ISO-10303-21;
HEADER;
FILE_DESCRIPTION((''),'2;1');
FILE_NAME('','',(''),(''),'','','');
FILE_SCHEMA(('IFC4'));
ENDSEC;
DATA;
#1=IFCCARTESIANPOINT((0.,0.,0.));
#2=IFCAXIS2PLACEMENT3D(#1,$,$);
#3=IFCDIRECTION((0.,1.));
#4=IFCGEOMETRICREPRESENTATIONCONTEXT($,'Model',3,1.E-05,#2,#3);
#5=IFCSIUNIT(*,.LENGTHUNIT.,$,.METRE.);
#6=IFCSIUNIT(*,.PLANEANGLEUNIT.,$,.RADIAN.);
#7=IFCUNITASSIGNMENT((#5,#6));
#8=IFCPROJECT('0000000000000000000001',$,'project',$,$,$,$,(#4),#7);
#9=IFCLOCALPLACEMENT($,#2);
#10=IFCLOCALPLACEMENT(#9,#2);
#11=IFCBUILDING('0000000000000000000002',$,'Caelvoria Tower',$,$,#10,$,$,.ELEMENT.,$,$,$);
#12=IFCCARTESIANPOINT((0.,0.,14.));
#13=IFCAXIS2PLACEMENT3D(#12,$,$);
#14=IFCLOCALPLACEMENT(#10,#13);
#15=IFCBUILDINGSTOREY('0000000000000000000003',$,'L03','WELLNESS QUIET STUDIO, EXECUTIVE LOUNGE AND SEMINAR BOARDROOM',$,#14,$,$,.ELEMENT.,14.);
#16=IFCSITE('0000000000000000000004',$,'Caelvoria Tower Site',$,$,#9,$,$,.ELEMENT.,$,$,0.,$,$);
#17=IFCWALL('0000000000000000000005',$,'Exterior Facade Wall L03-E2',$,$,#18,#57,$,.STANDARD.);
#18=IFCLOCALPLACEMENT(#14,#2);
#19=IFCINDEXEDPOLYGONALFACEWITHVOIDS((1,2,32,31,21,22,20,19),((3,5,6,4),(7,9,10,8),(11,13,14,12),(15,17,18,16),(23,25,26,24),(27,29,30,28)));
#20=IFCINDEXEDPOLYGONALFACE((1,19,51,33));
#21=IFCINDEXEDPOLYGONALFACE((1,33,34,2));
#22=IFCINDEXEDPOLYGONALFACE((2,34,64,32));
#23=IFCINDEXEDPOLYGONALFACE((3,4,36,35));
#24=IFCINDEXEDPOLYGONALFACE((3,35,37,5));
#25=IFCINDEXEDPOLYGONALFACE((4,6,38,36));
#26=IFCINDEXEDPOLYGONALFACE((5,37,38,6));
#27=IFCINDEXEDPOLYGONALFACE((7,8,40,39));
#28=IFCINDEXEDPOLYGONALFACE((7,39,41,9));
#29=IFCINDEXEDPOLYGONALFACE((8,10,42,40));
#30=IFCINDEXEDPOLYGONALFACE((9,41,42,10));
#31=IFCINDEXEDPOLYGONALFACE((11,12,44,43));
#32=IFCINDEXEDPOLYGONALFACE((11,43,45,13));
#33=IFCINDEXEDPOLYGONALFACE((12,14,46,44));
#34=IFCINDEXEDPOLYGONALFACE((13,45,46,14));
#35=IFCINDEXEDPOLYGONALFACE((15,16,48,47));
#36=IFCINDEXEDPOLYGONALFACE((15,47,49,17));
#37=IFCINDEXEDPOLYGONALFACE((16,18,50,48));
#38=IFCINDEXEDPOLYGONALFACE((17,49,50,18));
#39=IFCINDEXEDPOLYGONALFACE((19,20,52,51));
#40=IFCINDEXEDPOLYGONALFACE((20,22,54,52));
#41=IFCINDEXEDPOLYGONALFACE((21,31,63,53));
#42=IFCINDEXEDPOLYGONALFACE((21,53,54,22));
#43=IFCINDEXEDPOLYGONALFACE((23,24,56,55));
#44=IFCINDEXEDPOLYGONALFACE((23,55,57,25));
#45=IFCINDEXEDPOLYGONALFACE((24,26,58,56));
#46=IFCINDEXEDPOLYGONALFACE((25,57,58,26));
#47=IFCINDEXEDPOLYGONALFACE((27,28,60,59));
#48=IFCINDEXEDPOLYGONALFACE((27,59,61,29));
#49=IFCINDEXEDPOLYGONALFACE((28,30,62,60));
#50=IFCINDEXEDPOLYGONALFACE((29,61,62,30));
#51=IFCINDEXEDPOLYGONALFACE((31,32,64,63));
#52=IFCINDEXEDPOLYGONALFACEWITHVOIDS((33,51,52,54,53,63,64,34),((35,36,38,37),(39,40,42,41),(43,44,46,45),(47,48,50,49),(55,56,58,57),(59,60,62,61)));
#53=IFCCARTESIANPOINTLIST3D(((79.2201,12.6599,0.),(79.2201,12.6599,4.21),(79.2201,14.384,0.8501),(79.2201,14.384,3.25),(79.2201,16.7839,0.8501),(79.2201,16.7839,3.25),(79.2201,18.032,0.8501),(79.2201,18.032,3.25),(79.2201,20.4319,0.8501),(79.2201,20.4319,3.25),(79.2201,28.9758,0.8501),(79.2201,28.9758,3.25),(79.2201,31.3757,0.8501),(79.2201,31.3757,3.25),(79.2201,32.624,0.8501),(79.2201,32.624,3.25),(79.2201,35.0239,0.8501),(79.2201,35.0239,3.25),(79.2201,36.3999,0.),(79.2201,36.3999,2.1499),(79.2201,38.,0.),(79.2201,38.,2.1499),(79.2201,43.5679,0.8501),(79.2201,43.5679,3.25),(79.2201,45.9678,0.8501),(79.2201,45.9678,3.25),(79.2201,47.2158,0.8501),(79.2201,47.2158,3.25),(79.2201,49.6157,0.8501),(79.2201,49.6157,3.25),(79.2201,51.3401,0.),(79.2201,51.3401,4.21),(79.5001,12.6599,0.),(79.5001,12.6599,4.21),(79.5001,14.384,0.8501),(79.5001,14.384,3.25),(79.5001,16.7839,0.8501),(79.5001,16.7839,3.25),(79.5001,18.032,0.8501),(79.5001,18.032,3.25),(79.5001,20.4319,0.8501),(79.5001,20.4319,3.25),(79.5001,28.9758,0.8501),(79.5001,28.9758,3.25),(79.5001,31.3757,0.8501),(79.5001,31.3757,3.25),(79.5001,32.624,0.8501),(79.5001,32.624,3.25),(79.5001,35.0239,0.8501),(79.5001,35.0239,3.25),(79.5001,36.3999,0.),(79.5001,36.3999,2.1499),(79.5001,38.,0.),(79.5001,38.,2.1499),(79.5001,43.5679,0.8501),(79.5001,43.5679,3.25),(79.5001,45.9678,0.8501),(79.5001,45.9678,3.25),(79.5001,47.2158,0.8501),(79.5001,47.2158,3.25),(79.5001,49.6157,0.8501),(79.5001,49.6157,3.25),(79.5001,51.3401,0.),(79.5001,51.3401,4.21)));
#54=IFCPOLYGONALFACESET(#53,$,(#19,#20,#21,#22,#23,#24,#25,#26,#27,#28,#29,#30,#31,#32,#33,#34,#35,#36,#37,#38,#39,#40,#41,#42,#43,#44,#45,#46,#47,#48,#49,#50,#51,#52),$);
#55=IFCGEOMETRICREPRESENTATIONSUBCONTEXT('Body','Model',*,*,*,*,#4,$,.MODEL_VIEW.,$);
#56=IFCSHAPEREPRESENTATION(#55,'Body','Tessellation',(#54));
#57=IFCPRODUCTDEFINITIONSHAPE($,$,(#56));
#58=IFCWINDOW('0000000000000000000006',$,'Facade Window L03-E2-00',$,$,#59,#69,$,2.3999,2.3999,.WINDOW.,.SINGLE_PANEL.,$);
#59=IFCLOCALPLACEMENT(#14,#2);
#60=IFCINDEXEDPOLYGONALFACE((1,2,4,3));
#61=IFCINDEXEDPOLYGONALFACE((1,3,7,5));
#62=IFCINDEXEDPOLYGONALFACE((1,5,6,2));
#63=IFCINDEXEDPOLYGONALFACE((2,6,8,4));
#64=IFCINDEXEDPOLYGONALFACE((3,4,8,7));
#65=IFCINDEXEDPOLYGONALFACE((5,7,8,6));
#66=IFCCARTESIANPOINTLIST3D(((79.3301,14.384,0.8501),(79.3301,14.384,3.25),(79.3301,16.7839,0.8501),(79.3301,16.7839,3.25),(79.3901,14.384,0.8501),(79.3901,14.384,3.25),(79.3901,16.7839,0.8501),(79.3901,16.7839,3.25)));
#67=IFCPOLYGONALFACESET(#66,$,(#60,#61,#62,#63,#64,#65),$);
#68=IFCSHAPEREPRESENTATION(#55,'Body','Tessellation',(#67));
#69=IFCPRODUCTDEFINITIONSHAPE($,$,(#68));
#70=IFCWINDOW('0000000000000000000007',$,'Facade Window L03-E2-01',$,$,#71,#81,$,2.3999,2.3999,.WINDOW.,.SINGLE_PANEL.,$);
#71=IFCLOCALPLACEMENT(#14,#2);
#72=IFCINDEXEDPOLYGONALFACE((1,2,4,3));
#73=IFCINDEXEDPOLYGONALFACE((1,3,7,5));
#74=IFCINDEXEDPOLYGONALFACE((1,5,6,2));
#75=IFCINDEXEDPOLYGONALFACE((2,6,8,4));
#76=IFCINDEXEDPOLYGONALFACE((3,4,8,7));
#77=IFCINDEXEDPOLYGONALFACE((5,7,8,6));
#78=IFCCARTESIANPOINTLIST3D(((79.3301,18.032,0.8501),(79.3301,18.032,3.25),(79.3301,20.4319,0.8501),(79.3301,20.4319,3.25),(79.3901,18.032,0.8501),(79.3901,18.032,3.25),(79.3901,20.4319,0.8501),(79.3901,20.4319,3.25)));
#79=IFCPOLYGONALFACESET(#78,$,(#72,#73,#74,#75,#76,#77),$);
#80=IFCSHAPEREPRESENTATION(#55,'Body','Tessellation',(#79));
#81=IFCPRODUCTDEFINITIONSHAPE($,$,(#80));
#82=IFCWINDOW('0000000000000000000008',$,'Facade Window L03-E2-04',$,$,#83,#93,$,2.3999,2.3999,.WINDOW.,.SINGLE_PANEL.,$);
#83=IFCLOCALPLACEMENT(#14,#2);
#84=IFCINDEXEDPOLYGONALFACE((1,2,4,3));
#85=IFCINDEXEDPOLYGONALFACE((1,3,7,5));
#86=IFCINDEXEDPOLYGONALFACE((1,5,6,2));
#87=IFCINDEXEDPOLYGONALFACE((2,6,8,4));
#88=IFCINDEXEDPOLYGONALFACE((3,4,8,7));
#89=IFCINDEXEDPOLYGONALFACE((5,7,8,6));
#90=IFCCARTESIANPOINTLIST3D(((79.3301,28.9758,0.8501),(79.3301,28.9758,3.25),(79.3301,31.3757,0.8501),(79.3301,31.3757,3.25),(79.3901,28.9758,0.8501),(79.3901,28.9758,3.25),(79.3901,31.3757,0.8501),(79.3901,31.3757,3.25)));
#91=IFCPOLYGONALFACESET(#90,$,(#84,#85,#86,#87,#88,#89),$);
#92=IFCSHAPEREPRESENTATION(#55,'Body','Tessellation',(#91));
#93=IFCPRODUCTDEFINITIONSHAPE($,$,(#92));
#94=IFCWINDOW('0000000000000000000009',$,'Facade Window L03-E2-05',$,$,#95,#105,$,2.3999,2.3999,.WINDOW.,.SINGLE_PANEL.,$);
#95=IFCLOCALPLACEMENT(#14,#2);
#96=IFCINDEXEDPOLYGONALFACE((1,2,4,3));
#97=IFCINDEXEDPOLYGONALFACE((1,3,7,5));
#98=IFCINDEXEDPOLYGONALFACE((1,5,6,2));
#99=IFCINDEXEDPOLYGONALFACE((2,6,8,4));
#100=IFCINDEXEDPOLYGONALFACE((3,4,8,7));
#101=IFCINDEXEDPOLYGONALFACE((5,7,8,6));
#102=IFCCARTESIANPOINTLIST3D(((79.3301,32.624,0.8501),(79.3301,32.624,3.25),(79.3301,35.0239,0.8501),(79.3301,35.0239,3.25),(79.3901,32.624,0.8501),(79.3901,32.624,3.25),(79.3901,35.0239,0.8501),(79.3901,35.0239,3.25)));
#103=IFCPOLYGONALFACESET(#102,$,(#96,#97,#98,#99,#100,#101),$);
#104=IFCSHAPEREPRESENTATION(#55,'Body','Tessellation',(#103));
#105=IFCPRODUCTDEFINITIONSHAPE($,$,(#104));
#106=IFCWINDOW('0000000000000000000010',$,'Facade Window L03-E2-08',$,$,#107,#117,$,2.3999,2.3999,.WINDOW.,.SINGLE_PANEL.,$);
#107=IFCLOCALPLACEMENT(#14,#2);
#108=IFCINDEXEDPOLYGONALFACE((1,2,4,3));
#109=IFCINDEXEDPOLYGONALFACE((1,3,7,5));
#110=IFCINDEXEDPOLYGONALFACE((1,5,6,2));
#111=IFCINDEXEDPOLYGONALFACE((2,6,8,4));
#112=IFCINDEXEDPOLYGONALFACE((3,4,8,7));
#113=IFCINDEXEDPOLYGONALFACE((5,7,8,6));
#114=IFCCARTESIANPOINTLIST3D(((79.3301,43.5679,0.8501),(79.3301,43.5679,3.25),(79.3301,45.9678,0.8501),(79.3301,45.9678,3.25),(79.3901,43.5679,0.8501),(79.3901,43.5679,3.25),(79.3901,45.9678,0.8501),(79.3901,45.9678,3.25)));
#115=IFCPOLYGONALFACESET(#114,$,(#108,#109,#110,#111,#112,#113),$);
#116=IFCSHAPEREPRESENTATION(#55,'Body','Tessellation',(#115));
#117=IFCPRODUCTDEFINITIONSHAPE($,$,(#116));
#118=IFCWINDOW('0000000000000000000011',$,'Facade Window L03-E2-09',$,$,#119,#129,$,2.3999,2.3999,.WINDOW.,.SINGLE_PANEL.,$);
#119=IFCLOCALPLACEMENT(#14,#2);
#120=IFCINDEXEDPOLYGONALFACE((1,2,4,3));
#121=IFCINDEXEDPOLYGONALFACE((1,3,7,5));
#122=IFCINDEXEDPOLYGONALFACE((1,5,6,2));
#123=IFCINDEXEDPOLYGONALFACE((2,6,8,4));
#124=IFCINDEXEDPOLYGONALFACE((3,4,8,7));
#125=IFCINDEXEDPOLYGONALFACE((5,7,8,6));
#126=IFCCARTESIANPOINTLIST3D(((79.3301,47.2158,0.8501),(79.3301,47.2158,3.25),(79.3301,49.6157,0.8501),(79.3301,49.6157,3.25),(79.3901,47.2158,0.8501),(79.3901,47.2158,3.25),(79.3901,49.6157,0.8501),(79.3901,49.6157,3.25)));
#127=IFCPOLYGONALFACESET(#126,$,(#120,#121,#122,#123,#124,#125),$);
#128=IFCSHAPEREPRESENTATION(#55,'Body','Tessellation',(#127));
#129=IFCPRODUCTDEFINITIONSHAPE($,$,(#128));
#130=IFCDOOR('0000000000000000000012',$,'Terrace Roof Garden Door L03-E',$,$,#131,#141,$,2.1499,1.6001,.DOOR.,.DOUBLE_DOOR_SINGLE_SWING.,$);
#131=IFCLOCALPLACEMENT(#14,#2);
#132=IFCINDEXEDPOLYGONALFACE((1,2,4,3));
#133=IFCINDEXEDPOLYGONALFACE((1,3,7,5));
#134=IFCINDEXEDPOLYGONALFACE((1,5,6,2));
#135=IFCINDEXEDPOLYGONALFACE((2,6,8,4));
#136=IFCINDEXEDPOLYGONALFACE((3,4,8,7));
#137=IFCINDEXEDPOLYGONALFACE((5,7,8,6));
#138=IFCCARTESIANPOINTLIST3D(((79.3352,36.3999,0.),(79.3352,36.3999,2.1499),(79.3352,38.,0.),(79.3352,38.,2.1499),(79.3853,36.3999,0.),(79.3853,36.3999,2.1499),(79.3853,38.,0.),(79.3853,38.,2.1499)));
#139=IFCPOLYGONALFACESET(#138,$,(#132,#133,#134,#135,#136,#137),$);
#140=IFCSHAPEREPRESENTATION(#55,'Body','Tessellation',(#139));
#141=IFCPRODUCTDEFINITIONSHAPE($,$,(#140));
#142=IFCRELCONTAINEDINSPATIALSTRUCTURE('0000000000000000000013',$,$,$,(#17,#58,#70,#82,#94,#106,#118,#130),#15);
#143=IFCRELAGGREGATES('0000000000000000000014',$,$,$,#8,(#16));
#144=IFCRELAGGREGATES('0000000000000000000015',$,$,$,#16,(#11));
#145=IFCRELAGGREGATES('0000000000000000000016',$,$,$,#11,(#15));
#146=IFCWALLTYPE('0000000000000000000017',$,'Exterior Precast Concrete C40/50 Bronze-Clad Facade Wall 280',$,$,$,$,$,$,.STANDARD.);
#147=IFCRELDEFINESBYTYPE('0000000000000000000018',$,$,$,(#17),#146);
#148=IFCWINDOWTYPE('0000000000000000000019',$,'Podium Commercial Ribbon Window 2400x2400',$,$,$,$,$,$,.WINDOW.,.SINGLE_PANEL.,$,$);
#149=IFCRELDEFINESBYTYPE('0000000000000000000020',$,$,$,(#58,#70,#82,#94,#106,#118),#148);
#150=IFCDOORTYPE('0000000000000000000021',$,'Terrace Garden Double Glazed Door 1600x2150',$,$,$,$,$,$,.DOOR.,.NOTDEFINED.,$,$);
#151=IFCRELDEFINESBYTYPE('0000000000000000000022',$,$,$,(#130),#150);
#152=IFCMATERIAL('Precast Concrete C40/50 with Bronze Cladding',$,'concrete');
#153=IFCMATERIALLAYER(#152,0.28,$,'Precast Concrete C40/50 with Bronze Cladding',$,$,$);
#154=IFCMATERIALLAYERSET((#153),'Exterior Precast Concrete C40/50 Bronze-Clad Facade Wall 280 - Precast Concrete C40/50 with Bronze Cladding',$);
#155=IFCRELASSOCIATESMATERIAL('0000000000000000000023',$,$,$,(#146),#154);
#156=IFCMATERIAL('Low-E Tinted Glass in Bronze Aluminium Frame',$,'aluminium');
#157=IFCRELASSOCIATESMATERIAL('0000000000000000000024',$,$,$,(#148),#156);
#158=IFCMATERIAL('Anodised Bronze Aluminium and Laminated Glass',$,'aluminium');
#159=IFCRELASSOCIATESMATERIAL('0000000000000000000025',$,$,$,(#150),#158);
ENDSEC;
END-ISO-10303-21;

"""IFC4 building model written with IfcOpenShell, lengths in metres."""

from ifc_helpers import new_model, si_unit, direction, frame, frame_2d, origin, place, context, subcontext, project, spatial, rectangle, extrude, material, layer, layer_set, type_object, element, fill, save


model = new_model("IFC4")

# Units and contexts
model_context = context("Model", 3, precision=1e-05, world=origin(), true_north=direction((0.0, 1.0)))
body_context = subcontext(model_context, "Body", "Model", "MODEL_VIEW")
ifc_project = project(units=[si_unit("LENGTHUNIT", "METRE"), si_unit("PLANEANGLEUNIT", "RADIAN")], contexts=[model_context])

# Site, building, storey
site_placement = place(None, origin())
site = spatial("IfcSite", under=ifc_project, at=site_placement, Name="Caelvoria Tower Site", CompositionType="ELEMENT", RefElevation=0.0)
building_placement = place(site_placement, origin())
building = spatial("IfcBuilding", under=site, at=building_placement, Name="Caelvoria Tower", CompositionType="ELEMENT")
storey_placement = place(building_placement, frame((0.0, 0.0, 14.0)))
storey = spatial("IfcBuildingStorey", under=building, at=storey_placement, Name="L03", Description="WELLNESS QUIET STUDIO, EXECUTIVE LOUNGE AND SEMINAR BOARDROOM", CompositionType="ELEMENT", Elevation=14.0)

# Shared definitions
ifc_material_1 = material(Name="Precast Concrete C40/50 with Bronze Cladding", Category="concrete")
ifc_layer_1 = layer(ifc_material_1, 0.28, Name="Precast Concrete C40/50 with Bronze Cladding")
ifc_layer_set_1 = layer_set([ifc_layer_1], Name="Exterior Precast Concrete C40/50 Bronze-Clad Facade Wall 280 - Precast Concrete C40/50 with Bronze Cladding")
wall_type_1 = type_object("IfcWallType", Name="Exterior Precast Concrete C40/50 Bronze-Clad Facade Wall 280", PredefinedType="STANDARD", material=ifc_layer_set_1)
ifc_material_2 = material(Name="Low-E Tinted Glass in Bronze Aluminium Frame", Category="aluminium")

# Wall, openings, windows, door
wall_1_placement = place(storey_placement, frame((79.3601, 12.6599, 0.0), z_axis=(0.0, 0.0, 1.0), x_axis=(0.0, 1.0, 0.0)))
wall_1 = element("IfcWall", 1, at=wall_1_placement, inside=storey, type_object=wall_type_1, Name="Exterior Facade Wall L03-E2", PredefinedType="STANDARD", context=body_context, shape_type="SweptSolid", body=[
    extrude(rectangle(XDim=38.6802, YDim=0.28, at=frame_2d((19.3401, 0.0))), origin(), (0.0, 0.0, 1.0), 4.21),
])
opening_1_placement = place(wall_1_placement, frame((23.74, 0.0, 0.0)))
opening_1 = element("IfcOpeningElement", 2, at=opening_1_placement, cuts=wall_1, PredefinedType="OPENING", context=body_context, shape_type="SweptSolid", body=[
    extrude(rectangle(XDim=1.6001, YDim=2.1499, at=frame_2d((0.8, 1.075))), frame((0.0, 0.1499, 0.0), z_axis=(0.0, -1.0, 0.0), x_axis=(1.0, 0.0, 0.0)), (0.0, 0.0, 1.0), 0.3),
])
opening_2_placement = place(wall_1_placement, frame((1.7241, 0.0, 0.8501)))
opening_2 = element("IfcOpeningElement", 3, at=opening_2_placement, cuts=wall_1, PredefinedType="OPENING", context=body_context, shape_type="SweptSolid", body=[
    extrude(rectangle(XDim=2.3999, YDim=2.3999, at=frame_2d((1.2, 1.2))), frame((0.0, 0.1499, 0.0), z_axis=(0.0, -1.0, 0.0), x_axis=(1.0, 0.0, 0.0)), (0.0, 0.0, 1.0), 0.3),
])
opening_3_placement = place(wall_1_placement, frame((5.3721, 0.0, 0.8501)))
opening_3 = element("IfcOpeningElement", 4, at=opening_3_placement, cuts=wall_1, PredefinedType="OPENING", context=body_context, shape_type="SweptSolid", body=[
    extrude(rectangle(XDim=2.3999, YDim=2.3999, at=frame_2d((1.2, 1.2))), frame((0.0, 0.1499, 0.0), z_axis=(0.0, -1.0, 0.0), x_axis=(1.0, 0.0, 0.0)), (0.0, 0.0, 1.0), 0.3),
])
opening_4_placement = place(wall_1_placement, frame((16.3159, 0.0, 0.8501)))
opening_4 = element("IfcOpeningElement", 5, at=opening_4_placement, cuts=wall_1, PredefinedType="OPENING", context=body_context, shape_type="SweptSolid", body=[
    extrude(rectangle(XDim=2.3999, YDim=2.3999, at=frame_2d((1.2, 1.2))), frame((0.0, 0.1499, 0.0), z_axis=(0.0, -1.0, 0.0), x_axis=(1.0, 0.0, 0.0)), (0.0, 0.0, 1.0), 0.3),
])
opening_5_placement = place(wall_1_placement, frame((19.9641, 0.0, 0.8501)))
opening_5 = element("IfcOpeningElement", 6, at=opening_5_placement, cuts=wall_1, PredefinedType="OPENING", context=body_context, shape_type="SweptSolid", body=[
    extrude(rectangle(XDim=2.3999, YDim=2.3999, at=frame_2d((1.2, 1.2))), frame((0.0, 0.1499, 0.0), z_axis=(0.0, -1.0, 0.0), x_axis=(1.0, 0.0, 0.0)), (0.0, 0.0, 1.0), 0.3),
])
opening_6_placement = place(wall_1_placement, frame((30.908, 0.0, 0.8501)))
opening_6 = element("IfcOpeningElement", 7, at=opening_6_placement, cuts=wall_1, PredefinedType="OPENING", context=body_context, shape_type="SweptSolid", body=[
    extrude(rectangle(XDim=2.3999, YDim=2.3999, at=frame_2d((1.2, 1.2))), frame((0.0, 0.1499, 0.0), z_axis=(0.0, -1.0, 0.0), x_axis=(1.0, 0.0, 0.0)), (0.0, 0.0, 1.0), 0.3),
])
opening_7_placement = place(wall_1_placement, frame((34.5559, 0.0, 0.8501)))
opening_7 = element("IfcOpeningElement", 8, at=opening_7_placement, cuts=wall_1, PredefinedType="OPENING", context=body_context, shape_type="SweptSolid", body=[
    extrude(rectangle(XDim=2.3999, YDim=2.3999, at=frame_2d((1.2, 1.2))), frame((0.0, 0.1499, 0.0), z_axis=(0.0, -1.0, 0.0), x_axis=(1.0, 0.0, 0.0)), (0.0, 0.0, 1.0), 0.3),
])
window_type_1 = type_object("IfcWindowType", Name="Podium Commercial Ribbon Window 2400x2400", PartitioningType="SINGLE_PANEL", PredefinedType="WINDOW", material=ifc_material_2)
window_1_placement = place(opening_2_placement, origin())
window_1 = element("IfcWindow", 9, at=window_1_placement, inside=storey, type_object=window_type_1, Name="Facade Window L03-E2-00", OverallHeight=2.3999, OverallWidth=2.3999, PartitioningType="SINGLE_PANEL", PredefinedType="WINDOW", context=body_context, shape_type="SweptSolid", body=[
    extrude(rectangle(XDim=2.3999, YDim=2.3999, at=frame_2d((1.2, 1.2))), frame((0.0, 0.03, 0.0), z_axis=(0.0, -1.0, 0.0), x_axis=(1.0, 0.0, 0.0)), (0.0, 0.0, 1.0), 0.0601),
])
fill(opening_2, window_1)
window_2_placement = place(opening_3_placement, origin())
window_2 = element("IfcWindow", 10, at=window_2_placement, inside=storey, type_object=window_type_1, Name="Facade Window L03-E2-01", OverallHeight=2.3999, OverallWidth=2.3999, PartitioningType="SINGLE_PANEL", PredefinedType="WINDOW", context=body_context, shape_type="SweptSolid", body=[
    extrude(rectangle(XDim=2.3999, YDim=2.3999, at=frame_2d((1.2, 1.2))), frame((0.0, 0.03, 0.0), z_axis=(0.0, -1.0, 0.0), x_axis=(1.0, 0.0, 0.0)), (0.0, 0.0, 1.0), 0.0601),
])
fill(opening_3, window_2)
window_3_placement = place(opening_4_placement, origin())
window_3 = element("IfcWindow", 11, at=window_3_placement, inside=storey, type_object=window_type_1, Name="Facade Window L03-E2-04", OverallHeight=2.3999, OverallWidth=2.3999, PartitioningType="SINGLE_PANEL", PredefinedType="WINDOW", context=body_context, shape_type="SweptSolid", body=[
    extrude(rectangle(XDim=2.3999, YDim=2.3999, at=frame_2d((1.2, 1.2))), frame((0.0, 0.03, 0.0), z_axis=(0.0, -1.0, 0.0), x_axis=(1.0, 0.0, 0.0)), (0.0, 0.0, 1.0), 0.0601),
])
fill(opening_4, window_3)
window_4_placement = place(opening_5_placement, origin())
window_4 = element("IfcWindow", 12, at=window_4_placement, inside=storey, type_object=window_type_1, Name="Facade Window L03-E2-05", OverallHeight=2.3999, OverallWidth=2.3999, PartitioningType="SINGLE_PANEL", PredefinedType="WINDOW", context=body_context, shape_type="SweptSolid", body=[
    extrude(rectangle(XDim=2.3999, YDim=2.3999, at=frame_2d((1.2, 1.2))), frame((0.0, 0.03, 0.0), z_axis=(0.0, -1.0, 0.0), x_axis=(1.0, 0.0, 0.0)), (0.0, 0.0, 1.0), 0.0601),
])
fill(opening_5, window_4)
window_5_placement = place(opening_6_placement, origin())
window_5 = element("IfcWindow", 13, at=window_5_placement, inside=storey, type_object=window_type_1, Name="Facade Window L03-E2-08", OverallHeight=2.3999, OverallWidth=2.3999, PartitioningType="SINGLE_PANEL", PredefinedType="WINDOW", context=body_context, shape_type="SweptSolid", body=[
    extrude(rectangle(XDim=2.3999, YDim=2.3999, at=frame_2d((1.2, 1.2))), frame((0.0, 0.03, 0.0), z_axis=(0.0, -1.0, 0.0), x_axis=(1.0, 0.0, 0.0)), (0.0, 0.0, 1.0), 0.0601),
])
fill(opening_6, window_5)
window_6_placement = place(opening_7_placement, origin())
window_6 = element("IfcWindow", 14, at=window_6_placement, inside=storey, type_object=window_type_1, Name="Facade Window L03-E2-09", OverallHeight=2.3999, OverallWidth=2.3999, PartitioningType="SINGLE_PANEL", PredefinedType="WINDOW", context=body_context, shape_type="SweptSolid", body=[
    extrude(rectangle(XDim=2.3999, YDim=2.3999, at=frame_2d((1.2, 1.2))), frame((0.0, 0.03, 0.0), z_axis=(0.0, -1.0, 0.0), x_axis=(1.0, 0.0, 0.0)), (0.0, 0.0, 1.0), 0.0601),
])
fill(opening_7, window_6)
ifc_material_3 = material(Name="Anodised Bronze Aluminium and Laminated Glass", Category="aluminium")
door_type_1 = type_object("IfcDoorType", Name="Terrace Garden Double Glazed Door 1600x2150", OperationType="NOTDEFINED", PredefinedType="DOOR", material=ifc_material_3)
door_1_placement = place(opening_1_placement, origin())
door_1 = element("IfcDoor", 15, at=door_1_placement, inside=storey, type_object=door_type_1, Name="Terrace Roof Garden Door L03-E", OperationType="DOUBLE_DOOR_SINGLE_SWING", OverallHeight=2.1499, OverallWidth=1.6001, PredefinedType="DOOR", context=body_context, shape_type="SweptSolid", body=[
    extrude(rectangle(XDim=1.6001, YDim=2.1499, at=frame_2d((0.8, 1.075))), frame((0.0, 0.0249, 0.0), z_axis=(0.0, -1.0, 0.0), x_axis=(1.0, 0.0, 0.0)), (0.0, 0.0, 1.0), 0.05),
])
fill(opening_1, door_1)

save(model, "model.ifc")
